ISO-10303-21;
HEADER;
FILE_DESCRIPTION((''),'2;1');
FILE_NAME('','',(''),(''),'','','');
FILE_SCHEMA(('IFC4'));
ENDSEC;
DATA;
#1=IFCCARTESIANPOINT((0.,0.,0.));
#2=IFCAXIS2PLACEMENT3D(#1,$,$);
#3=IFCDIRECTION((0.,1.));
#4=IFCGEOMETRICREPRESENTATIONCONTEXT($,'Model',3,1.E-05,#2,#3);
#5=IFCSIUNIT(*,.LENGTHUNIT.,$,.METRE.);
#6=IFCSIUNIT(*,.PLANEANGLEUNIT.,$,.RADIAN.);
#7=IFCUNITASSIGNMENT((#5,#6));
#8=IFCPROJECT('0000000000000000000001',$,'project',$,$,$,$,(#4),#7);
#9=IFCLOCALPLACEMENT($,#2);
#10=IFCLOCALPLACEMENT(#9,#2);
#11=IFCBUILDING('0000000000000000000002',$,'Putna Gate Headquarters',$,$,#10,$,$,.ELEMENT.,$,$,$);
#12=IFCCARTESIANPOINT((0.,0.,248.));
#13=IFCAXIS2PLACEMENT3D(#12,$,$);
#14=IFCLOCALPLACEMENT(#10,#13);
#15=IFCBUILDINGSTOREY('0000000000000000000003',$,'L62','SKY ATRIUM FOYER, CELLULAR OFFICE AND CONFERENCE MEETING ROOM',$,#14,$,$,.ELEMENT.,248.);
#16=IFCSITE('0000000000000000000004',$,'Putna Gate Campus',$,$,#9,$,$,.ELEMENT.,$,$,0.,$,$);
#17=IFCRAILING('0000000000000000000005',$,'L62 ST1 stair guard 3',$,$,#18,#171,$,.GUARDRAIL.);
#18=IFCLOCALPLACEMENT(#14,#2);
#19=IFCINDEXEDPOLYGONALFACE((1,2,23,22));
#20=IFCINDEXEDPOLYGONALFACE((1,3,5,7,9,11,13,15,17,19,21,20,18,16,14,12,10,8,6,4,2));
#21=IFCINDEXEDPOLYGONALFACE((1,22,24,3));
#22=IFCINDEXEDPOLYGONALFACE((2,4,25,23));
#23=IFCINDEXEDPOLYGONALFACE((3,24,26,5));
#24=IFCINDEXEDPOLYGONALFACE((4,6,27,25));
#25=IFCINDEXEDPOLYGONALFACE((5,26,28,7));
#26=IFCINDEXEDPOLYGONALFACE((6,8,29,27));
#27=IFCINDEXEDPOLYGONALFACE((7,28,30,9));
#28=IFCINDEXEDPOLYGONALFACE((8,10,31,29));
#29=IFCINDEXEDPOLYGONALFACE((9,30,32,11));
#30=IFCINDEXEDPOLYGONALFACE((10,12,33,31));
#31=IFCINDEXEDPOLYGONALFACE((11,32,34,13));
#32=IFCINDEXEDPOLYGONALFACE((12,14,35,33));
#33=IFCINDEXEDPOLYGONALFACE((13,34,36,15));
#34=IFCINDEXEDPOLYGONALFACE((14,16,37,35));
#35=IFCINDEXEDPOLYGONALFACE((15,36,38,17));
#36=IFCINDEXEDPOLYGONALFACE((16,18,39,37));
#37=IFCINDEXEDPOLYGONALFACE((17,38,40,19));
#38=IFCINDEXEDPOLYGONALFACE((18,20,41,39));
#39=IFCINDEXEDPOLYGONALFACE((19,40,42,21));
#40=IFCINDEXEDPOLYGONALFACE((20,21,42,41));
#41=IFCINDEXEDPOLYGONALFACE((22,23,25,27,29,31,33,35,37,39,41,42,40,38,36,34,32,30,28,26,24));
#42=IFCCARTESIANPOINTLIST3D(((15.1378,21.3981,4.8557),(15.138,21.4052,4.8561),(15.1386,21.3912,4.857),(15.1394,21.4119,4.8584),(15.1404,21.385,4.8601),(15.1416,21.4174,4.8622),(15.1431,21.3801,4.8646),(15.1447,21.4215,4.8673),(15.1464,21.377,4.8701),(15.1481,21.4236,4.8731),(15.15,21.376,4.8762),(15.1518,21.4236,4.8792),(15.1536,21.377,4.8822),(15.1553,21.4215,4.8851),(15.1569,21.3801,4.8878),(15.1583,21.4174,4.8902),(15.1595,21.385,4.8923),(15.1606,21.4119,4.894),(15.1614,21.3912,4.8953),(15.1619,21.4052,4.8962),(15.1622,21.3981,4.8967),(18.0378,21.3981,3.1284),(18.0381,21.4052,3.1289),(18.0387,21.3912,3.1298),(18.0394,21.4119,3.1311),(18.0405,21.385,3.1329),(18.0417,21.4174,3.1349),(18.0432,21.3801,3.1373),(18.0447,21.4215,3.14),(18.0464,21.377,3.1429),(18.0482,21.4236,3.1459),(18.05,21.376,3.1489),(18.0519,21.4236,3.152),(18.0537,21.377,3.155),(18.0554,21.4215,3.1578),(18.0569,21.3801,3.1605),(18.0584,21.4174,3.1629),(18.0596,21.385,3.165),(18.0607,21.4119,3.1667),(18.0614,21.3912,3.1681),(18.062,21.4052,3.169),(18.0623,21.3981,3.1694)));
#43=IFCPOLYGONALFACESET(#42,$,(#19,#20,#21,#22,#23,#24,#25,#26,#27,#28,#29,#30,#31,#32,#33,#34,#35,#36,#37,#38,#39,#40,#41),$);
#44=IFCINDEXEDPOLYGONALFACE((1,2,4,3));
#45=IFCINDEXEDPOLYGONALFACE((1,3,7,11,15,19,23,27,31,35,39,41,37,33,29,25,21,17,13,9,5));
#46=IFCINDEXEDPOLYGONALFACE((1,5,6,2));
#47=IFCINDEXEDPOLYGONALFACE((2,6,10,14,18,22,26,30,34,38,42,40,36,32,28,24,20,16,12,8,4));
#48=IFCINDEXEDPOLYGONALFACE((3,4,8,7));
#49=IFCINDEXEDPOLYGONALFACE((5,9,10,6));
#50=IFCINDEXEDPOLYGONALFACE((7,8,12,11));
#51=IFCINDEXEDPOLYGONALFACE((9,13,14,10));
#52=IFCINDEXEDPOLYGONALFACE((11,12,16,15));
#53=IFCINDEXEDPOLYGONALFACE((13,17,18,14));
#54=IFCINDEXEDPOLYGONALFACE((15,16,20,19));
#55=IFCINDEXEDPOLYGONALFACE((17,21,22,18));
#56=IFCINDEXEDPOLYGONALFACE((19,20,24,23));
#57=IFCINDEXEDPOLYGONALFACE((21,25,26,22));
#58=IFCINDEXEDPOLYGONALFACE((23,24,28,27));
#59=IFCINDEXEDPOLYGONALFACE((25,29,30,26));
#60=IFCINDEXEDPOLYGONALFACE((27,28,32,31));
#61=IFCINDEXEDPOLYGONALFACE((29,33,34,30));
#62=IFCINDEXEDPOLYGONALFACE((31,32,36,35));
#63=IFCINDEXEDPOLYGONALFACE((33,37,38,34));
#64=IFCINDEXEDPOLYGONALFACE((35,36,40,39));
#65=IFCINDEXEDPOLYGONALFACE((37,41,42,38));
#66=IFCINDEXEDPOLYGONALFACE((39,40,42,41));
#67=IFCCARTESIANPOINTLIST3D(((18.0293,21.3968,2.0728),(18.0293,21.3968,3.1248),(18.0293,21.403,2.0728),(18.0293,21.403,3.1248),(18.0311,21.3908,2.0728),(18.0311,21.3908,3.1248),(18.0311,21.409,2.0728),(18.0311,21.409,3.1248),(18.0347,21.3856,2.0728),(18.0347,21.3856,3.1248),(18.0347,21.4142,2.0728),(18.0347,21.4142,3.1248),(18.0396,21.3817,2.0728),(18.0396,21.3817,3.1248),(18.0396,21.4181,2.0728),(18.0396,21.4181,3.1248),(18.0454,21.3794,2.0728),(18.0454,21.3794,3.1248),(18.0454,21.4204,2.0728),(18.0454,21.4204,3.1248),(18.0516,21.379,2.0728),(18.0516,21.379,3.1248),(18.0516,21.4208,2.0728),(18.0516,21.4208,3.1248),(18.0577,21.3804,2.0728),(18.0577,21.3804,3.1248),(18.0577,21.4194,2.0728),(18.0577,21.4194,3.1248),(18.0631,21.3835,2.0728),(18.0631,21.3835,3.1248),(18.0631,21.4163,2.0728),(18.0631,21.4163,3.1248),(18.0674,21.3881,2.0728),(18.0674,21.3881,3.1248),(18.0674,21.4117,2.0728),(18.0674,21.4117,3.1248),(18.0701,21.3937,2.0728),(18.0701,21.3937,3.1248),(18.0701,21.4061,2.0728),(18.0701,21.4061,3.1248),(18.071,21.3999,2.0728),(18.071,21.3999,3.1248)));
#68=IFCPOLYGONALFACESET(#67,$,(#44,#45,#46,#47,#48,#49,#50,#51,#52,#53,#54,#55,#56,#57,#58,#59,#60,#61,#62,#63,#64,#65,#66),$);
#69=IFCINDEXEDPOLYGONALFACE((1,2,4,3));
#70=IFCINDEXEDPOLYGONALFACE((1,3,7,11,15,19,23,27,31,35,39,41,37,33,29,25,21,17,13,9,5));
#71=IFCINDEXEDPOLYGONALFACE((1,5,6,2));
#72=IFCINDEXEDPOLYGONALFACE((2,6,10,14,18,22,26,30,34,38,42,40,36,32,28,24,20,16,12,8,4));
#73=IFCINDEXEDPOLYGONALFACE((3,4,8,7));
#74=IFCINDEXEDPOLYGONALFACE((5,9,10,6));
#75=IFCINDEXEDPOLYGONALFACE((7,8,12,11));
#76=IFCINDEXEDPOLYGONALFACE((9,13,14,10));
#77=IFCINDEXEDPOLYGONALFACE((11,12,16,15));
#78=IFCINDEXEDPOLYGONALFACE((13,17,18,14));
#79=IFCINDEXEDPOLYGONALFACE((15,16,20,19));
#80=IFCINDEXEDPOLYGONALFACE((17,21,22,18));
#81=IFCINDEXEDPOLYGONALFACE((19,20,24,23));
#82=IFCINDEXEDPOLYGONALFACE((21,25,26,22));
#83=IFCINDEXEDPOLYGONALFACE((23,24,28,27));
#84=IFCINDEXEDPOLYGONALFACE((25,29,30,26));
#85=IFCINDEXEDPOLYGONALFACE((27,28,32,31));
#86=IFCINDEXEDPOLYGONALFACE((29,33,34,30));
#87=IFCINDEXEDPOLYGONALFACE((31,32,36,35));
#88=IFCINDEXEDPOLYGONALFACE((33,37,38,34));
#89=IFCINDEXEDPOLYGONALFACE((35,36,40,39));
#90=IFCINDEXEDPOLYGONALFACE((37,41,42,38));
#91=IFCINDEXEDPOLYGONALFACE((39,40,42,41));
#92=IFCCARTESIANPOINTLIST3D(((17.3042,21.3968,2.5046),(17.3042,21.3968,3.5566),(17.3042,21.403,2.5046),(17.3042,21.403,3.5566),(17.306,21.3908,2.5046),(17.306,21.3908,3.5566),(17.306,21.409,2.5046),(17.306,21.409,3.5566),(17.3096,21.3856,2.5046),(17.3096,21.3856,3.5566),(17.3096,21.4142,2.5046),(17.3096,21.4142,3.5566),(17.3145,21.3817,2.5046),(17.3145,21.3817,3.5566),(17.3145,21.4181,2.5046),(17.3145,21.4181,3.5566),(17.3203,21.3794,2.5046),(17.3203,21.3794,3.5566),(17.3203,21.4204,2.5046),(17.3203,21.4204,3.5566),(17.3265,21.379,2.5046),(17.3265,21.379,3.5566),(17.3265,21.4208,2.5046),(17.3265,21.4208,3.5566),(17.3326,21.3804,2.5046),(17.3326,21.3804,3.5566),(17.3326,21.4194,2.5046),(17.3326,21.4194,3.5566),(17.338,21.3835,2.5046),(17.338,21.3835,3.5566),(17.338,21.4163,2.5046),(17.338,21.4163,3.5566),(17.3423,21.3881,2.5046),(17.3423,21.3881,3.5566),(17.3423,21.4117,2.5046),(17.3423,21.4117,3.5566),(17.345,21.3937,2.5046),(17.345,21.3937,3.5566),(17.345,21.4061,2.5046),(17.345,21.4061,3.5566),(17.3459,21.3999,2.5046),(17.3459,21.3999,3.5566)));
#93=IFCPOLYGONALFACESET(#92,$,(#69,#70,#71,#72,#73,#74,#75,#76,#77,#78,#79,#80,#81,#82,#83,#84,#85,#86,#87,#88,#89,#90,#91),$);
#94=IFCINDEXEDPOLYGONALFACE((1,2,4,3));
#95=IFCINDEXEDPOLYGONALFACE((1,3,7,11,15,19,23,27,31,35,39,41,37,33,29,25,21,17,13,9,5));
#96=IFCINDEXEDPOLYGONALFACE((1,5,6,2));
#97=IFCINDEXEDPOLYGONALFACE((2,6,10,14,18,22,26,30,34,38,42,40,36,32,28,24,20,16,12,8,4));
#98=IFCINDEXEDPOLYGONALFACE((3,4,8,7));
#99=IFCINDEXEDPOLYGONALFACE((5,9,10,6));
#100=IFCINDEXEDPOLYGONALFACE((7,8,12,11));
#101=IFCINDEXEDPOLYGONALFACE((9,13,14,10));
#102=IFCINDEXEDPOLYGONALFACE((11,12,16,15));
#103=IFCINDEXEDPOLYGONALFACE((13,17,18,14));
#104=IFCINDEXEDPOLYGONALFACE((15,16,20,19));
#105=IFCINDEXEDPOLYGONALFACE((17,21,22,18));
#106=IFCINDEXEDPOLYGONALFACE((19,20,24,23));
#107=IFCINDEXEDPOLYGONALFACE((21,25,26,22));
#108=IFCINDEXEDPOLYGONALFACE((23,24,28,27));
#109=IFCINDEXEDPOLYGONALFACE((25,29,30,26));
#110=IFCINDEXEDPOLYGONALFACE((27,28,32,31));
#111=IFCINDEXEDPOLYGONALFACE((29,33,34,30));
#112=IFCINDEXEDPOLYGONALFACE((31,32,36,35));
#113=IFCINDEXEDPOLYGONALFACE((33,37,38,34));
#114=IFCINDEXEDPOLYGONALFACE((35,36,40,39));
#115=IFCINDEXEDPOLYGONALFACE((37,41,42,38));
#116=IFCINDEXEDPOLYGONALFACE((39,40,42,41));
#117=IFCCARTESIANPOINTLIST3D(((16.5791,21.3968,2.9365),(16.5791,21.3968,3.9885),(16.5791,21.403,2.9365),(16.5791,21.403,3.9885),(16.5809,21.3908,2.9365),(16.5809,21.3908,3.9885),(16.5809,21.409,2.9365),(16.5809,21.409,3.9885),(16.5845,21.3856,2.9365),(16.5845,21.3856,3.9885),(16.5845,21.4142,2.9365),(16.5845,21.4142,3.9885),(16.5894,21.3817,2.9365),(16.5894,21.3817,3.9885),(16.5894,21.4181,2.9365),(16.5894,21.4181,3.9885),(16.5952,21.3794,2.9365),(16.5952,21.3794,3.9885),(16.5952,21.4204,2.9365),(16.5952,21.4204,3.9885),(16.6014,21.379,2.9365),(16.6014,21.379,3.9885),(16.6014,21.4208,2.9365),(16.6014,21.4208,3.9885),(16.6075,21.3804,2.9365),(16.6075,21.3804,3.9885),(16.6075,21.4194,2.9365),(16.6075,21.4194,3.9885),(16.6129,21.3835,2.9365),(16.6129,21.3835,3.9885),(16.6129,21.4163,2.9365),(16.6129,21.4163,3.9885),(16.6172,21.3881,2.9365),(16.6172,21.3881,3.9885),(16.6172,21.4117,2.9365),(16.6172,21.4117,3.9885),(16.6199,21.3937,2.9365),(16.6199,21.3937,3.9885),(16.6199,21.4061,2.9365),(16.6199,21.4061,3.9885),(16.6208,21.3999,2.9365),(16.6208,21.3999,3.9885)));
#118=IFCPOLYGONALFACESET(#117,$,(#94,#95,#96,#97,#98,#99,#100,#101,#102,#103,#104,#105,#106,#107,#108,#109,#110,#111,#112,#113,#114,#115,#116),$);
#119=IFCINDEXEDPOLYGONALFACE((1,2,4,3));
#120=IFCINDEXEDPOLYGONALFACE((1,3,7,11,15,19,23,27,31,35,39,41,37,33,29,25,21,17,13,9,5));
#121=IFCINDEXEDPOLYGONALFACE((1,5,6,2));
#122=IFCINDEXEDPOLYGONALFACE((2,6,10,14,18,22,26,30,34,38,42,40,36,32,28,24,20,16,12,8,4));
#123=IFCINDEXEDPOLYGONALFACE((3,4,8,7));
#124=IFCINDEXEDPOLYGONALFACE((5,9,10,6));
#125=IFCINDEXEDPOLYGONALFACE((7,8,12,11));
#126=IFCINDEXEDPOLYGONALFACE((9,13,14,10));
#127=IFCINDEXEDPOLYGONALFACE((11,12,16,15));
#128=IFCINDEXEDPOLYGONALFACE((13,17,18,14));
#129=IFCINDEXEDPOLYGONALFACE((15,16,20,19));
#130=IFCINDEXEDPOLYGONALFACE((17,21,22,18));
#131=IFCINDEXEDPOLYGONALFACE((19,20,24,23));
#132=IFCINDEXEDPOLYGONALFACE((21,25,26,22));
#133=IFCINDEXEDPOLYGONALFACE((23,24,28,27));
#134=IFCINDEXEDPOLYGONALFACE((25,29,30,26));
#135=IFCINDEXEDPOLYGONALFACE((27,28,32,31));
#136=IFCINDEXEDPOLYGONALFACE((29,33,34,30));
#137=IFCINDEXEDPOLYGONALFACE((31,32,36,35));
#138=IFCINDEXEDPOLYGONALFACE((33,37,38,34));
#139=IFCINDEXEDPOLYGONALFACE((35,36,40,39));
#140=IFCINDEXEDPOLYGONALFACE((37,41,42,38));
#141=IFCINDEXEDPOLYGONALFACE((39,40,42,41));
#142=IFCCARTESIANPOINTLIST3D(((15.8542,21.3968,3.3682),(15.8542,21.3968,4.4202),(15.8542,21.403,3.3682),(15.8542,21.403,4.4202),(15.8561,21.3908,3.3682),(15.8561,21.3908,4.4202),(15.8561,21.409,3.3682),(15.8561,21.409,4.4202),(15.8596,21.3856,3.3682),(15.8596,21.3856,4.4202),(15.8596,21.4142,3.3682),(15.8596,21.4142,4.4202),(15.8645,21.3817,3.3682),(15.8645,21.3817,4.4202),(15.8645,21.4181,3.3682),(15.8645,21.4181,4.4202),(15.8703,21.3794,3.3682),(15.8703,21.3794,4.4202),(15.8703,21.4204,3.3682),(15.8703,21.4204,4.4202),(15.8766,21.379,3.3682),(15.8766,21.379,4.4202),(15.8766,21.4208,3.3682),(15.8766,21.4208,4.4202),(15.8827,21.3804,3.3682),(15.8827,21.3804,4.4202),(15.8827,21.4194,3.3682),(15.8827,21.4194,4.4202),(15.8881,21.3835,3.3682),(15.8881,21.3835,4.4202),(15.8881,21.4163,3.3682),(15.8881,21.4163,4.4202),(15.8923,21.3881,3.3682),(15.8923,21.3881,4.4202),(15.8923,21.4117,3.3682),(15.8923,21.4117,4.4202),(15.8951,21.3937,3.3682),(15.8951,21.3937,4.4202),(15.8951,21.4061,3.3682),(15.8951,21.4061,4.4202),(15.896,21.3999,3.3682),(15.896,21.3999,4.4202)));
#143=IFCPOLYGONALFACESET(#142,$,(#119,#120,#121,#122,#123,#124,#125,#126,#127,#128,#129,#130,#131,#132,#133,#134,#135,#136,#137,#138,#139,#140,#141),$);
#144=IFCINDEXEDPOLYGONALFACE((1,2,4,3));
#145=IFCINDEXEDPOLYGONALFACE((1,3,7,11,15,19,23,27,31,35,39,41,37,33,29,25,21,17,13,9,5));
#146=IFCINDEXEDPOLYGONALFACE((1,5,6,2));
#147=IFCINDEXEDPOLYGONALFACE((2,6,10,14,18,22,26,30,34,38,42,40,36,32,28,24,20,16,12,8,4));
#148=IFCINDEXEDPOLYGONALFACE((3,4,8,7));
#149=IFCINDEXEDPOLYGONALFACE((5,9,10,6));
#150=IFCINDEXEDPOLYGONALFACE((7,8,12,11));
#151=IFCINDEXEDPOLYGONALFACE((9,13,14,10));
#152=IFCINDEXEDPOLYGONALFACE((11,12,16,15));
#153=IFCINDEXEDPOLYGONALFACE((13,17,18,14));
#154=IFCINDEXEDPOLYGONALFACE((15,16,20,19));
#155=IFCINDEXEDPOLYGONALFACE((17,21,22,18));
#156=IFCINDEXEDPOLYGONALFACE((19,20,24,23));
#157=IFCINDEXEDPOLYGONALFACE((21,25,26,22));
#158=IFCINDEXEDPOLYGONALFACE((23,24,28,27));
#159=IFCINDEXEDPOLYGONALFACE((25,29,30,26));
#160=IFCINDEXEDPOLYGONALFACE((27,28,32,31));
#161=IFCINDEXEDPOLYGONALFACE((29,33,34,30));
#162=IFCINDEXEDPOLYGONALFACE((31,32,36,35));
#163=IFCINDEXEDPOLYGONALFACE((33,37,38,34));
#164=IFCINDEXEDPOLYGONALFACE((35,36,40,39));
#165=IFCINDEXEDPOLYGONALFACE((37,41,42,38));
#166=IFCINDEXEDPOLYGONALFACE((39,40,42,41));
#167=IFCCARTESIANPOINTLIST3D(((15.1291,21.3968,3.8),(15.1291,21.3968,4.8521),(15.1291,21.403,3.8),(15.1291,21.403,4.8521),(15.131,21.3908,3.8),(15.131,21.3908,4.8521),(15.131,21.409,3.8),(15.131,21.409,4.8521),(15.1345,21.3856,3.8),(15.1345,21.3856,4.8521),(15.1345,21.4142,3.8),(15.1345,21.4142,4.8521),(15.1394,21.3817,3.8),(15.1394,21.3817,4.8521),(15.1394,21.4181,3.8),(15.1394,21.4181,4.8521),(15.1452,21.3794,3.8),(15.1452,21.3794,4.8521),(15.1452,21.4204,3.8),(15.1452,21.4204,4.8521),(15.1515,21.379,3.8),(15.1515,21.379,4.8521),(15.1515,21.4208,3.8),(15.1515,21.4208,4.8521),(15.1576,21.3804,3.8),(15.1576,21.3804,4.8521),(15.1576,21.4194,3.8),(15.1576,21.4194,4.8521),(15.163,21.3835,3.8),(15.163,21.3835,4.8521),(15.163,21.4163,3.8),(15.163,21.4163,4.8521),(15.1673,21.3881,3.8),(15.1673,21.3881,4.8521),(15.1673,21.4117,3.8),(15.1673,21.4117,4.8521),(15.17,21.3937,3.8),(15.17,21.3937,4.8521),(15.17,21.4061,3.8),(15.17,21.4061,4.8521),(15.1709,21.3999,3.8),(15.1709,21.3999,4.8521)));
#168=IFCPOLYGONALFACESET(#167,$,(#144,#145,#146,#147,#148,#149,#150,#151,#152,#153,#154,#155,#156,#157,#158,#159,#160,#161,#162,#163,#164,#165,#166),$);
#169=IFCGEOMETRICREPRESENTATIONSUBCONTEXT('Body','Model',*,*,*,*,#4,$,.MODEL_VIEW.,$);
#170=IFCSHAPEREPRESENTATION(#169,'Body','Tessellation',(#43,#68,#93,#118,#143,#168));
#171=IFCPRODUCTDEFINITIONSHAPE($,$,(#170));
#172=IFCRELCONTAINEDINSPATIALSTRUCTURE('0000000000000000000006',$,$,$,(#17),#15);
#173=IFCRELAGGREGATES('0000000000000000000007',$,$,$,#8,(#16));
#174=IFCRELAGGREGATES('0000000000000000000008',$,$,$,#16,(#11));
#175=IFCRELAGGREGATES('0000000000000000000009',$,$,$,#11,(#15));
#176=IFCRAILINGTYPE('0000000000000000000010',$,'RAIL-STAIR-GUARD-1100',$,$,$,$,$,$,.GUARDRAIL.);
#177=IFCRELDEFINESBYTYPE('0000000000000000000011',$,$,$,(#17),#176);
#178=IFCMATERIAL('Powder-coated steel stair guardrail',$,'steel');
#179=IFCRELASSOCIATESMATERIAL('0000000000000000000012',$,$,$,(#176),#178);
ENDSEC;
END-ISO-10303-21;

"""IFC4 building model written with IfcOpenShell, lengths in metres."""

from ifc_helpers import new_model, si_unit, direction, frame, origin, origin_2d, place, context, subcontext, project, spatial, circle, extrude, material, type_object, element, save


model = new_model("IFC4")

# Units and contexts
model_context = context("Model", 3, precision=1e-05, world=origin(), true_north=direction((0.0, 1.0)))
body_context = subcontext(model_context, "Body", "Model", "MODEL_VIEW")
ifc_project = project(units=[si_unit("LENGTHUNIT", "METRE"), si_unit("PLANEANGLEUNIT", "RADIAN")], contexts=[model_context])

# Site, building, storey
site_placement = place(None, origin())
site = spatial("IfcSite", under=ifc_project, at=site_placement, Name="Putna Gate Campus", CompositionType="ELEMENT", RefElevation=0.0)
building_placement = place(site_placement, origin())
building = spatial("IfcBuilding", under=site, at=building_placement, Name="Putna Gate Headquarters", CompositionType="ELEMENT")
storey_placement = place(building_placement, frame((0.0, 0.0, 248.0)))
storey = spatial("IfcBuildingStorey", under=building, at=storey_placement, Name="L62", Description="SKY ATRIUM FOYER, CELLULAR OFFICE AND CONFERENCE MEETING ROOM", CompositionType="ELEMENT", Elevation=248.0)

# Railing
ifc_material_1 = material(Name="Powder-coated steel stair guardrail", Category="steel")
railing_type_1 = type_object("IfcRailingType", Name="RAIL-STAIR-GUARD-1100", PredefinedType="GUARDRAIL", material=ifc_material_1)
railing_1_placement = place(storey_placement, frame((18.05, 21.3999, 2.0728)))
element("IfcRailing", 1, at=railing_1_placement, inside=storey, type_object=railing_type_1, Name="L62 ST1 stair guard 3", PredefinedType="GUARDRAIL", context=body_context, shape_type="SweptSolid", body=[
    extrude(circle(Radius=0.0239, at=origin_2d()), frame((0.0, 0.0, 1.0762), z_axis=(-0.85916, 0.0, 0.511706), x_axis=(0.0, -1.0, 0.0)), (0.0, 0.0, 1.0), 3.3755),
    extrude(circle(Radius=0.021, at=origin_2d()), origin(), (0.0, 0.0, 1.0), 1.052),
    extrude(circle(Radius=0.021, at=origin_2d()), frame((-0.7251, 0.0, 0.4319)), (0.0, 0.0, 1.0), 1.052),
    extrude(circle(Radius=0.021, at=origin_2d()), frame((-1.4502, 0.0, 0.8638)), (0.0, 0.0, 1.0), 1.052),
    extrude(circle(Radius=0.021, at=origin_2d()), frame((-2.175, 0.0, 1.2954)), (0.0, 0.0, 1.0), 1.052),
    extrude(circle(Radius=0.021, at=origin_2d()), frame((-2.9001, 0.0, 1.7273)), (0.0, 0.0, 1.0), 1.052),
])

save(model, "model.ifc")
